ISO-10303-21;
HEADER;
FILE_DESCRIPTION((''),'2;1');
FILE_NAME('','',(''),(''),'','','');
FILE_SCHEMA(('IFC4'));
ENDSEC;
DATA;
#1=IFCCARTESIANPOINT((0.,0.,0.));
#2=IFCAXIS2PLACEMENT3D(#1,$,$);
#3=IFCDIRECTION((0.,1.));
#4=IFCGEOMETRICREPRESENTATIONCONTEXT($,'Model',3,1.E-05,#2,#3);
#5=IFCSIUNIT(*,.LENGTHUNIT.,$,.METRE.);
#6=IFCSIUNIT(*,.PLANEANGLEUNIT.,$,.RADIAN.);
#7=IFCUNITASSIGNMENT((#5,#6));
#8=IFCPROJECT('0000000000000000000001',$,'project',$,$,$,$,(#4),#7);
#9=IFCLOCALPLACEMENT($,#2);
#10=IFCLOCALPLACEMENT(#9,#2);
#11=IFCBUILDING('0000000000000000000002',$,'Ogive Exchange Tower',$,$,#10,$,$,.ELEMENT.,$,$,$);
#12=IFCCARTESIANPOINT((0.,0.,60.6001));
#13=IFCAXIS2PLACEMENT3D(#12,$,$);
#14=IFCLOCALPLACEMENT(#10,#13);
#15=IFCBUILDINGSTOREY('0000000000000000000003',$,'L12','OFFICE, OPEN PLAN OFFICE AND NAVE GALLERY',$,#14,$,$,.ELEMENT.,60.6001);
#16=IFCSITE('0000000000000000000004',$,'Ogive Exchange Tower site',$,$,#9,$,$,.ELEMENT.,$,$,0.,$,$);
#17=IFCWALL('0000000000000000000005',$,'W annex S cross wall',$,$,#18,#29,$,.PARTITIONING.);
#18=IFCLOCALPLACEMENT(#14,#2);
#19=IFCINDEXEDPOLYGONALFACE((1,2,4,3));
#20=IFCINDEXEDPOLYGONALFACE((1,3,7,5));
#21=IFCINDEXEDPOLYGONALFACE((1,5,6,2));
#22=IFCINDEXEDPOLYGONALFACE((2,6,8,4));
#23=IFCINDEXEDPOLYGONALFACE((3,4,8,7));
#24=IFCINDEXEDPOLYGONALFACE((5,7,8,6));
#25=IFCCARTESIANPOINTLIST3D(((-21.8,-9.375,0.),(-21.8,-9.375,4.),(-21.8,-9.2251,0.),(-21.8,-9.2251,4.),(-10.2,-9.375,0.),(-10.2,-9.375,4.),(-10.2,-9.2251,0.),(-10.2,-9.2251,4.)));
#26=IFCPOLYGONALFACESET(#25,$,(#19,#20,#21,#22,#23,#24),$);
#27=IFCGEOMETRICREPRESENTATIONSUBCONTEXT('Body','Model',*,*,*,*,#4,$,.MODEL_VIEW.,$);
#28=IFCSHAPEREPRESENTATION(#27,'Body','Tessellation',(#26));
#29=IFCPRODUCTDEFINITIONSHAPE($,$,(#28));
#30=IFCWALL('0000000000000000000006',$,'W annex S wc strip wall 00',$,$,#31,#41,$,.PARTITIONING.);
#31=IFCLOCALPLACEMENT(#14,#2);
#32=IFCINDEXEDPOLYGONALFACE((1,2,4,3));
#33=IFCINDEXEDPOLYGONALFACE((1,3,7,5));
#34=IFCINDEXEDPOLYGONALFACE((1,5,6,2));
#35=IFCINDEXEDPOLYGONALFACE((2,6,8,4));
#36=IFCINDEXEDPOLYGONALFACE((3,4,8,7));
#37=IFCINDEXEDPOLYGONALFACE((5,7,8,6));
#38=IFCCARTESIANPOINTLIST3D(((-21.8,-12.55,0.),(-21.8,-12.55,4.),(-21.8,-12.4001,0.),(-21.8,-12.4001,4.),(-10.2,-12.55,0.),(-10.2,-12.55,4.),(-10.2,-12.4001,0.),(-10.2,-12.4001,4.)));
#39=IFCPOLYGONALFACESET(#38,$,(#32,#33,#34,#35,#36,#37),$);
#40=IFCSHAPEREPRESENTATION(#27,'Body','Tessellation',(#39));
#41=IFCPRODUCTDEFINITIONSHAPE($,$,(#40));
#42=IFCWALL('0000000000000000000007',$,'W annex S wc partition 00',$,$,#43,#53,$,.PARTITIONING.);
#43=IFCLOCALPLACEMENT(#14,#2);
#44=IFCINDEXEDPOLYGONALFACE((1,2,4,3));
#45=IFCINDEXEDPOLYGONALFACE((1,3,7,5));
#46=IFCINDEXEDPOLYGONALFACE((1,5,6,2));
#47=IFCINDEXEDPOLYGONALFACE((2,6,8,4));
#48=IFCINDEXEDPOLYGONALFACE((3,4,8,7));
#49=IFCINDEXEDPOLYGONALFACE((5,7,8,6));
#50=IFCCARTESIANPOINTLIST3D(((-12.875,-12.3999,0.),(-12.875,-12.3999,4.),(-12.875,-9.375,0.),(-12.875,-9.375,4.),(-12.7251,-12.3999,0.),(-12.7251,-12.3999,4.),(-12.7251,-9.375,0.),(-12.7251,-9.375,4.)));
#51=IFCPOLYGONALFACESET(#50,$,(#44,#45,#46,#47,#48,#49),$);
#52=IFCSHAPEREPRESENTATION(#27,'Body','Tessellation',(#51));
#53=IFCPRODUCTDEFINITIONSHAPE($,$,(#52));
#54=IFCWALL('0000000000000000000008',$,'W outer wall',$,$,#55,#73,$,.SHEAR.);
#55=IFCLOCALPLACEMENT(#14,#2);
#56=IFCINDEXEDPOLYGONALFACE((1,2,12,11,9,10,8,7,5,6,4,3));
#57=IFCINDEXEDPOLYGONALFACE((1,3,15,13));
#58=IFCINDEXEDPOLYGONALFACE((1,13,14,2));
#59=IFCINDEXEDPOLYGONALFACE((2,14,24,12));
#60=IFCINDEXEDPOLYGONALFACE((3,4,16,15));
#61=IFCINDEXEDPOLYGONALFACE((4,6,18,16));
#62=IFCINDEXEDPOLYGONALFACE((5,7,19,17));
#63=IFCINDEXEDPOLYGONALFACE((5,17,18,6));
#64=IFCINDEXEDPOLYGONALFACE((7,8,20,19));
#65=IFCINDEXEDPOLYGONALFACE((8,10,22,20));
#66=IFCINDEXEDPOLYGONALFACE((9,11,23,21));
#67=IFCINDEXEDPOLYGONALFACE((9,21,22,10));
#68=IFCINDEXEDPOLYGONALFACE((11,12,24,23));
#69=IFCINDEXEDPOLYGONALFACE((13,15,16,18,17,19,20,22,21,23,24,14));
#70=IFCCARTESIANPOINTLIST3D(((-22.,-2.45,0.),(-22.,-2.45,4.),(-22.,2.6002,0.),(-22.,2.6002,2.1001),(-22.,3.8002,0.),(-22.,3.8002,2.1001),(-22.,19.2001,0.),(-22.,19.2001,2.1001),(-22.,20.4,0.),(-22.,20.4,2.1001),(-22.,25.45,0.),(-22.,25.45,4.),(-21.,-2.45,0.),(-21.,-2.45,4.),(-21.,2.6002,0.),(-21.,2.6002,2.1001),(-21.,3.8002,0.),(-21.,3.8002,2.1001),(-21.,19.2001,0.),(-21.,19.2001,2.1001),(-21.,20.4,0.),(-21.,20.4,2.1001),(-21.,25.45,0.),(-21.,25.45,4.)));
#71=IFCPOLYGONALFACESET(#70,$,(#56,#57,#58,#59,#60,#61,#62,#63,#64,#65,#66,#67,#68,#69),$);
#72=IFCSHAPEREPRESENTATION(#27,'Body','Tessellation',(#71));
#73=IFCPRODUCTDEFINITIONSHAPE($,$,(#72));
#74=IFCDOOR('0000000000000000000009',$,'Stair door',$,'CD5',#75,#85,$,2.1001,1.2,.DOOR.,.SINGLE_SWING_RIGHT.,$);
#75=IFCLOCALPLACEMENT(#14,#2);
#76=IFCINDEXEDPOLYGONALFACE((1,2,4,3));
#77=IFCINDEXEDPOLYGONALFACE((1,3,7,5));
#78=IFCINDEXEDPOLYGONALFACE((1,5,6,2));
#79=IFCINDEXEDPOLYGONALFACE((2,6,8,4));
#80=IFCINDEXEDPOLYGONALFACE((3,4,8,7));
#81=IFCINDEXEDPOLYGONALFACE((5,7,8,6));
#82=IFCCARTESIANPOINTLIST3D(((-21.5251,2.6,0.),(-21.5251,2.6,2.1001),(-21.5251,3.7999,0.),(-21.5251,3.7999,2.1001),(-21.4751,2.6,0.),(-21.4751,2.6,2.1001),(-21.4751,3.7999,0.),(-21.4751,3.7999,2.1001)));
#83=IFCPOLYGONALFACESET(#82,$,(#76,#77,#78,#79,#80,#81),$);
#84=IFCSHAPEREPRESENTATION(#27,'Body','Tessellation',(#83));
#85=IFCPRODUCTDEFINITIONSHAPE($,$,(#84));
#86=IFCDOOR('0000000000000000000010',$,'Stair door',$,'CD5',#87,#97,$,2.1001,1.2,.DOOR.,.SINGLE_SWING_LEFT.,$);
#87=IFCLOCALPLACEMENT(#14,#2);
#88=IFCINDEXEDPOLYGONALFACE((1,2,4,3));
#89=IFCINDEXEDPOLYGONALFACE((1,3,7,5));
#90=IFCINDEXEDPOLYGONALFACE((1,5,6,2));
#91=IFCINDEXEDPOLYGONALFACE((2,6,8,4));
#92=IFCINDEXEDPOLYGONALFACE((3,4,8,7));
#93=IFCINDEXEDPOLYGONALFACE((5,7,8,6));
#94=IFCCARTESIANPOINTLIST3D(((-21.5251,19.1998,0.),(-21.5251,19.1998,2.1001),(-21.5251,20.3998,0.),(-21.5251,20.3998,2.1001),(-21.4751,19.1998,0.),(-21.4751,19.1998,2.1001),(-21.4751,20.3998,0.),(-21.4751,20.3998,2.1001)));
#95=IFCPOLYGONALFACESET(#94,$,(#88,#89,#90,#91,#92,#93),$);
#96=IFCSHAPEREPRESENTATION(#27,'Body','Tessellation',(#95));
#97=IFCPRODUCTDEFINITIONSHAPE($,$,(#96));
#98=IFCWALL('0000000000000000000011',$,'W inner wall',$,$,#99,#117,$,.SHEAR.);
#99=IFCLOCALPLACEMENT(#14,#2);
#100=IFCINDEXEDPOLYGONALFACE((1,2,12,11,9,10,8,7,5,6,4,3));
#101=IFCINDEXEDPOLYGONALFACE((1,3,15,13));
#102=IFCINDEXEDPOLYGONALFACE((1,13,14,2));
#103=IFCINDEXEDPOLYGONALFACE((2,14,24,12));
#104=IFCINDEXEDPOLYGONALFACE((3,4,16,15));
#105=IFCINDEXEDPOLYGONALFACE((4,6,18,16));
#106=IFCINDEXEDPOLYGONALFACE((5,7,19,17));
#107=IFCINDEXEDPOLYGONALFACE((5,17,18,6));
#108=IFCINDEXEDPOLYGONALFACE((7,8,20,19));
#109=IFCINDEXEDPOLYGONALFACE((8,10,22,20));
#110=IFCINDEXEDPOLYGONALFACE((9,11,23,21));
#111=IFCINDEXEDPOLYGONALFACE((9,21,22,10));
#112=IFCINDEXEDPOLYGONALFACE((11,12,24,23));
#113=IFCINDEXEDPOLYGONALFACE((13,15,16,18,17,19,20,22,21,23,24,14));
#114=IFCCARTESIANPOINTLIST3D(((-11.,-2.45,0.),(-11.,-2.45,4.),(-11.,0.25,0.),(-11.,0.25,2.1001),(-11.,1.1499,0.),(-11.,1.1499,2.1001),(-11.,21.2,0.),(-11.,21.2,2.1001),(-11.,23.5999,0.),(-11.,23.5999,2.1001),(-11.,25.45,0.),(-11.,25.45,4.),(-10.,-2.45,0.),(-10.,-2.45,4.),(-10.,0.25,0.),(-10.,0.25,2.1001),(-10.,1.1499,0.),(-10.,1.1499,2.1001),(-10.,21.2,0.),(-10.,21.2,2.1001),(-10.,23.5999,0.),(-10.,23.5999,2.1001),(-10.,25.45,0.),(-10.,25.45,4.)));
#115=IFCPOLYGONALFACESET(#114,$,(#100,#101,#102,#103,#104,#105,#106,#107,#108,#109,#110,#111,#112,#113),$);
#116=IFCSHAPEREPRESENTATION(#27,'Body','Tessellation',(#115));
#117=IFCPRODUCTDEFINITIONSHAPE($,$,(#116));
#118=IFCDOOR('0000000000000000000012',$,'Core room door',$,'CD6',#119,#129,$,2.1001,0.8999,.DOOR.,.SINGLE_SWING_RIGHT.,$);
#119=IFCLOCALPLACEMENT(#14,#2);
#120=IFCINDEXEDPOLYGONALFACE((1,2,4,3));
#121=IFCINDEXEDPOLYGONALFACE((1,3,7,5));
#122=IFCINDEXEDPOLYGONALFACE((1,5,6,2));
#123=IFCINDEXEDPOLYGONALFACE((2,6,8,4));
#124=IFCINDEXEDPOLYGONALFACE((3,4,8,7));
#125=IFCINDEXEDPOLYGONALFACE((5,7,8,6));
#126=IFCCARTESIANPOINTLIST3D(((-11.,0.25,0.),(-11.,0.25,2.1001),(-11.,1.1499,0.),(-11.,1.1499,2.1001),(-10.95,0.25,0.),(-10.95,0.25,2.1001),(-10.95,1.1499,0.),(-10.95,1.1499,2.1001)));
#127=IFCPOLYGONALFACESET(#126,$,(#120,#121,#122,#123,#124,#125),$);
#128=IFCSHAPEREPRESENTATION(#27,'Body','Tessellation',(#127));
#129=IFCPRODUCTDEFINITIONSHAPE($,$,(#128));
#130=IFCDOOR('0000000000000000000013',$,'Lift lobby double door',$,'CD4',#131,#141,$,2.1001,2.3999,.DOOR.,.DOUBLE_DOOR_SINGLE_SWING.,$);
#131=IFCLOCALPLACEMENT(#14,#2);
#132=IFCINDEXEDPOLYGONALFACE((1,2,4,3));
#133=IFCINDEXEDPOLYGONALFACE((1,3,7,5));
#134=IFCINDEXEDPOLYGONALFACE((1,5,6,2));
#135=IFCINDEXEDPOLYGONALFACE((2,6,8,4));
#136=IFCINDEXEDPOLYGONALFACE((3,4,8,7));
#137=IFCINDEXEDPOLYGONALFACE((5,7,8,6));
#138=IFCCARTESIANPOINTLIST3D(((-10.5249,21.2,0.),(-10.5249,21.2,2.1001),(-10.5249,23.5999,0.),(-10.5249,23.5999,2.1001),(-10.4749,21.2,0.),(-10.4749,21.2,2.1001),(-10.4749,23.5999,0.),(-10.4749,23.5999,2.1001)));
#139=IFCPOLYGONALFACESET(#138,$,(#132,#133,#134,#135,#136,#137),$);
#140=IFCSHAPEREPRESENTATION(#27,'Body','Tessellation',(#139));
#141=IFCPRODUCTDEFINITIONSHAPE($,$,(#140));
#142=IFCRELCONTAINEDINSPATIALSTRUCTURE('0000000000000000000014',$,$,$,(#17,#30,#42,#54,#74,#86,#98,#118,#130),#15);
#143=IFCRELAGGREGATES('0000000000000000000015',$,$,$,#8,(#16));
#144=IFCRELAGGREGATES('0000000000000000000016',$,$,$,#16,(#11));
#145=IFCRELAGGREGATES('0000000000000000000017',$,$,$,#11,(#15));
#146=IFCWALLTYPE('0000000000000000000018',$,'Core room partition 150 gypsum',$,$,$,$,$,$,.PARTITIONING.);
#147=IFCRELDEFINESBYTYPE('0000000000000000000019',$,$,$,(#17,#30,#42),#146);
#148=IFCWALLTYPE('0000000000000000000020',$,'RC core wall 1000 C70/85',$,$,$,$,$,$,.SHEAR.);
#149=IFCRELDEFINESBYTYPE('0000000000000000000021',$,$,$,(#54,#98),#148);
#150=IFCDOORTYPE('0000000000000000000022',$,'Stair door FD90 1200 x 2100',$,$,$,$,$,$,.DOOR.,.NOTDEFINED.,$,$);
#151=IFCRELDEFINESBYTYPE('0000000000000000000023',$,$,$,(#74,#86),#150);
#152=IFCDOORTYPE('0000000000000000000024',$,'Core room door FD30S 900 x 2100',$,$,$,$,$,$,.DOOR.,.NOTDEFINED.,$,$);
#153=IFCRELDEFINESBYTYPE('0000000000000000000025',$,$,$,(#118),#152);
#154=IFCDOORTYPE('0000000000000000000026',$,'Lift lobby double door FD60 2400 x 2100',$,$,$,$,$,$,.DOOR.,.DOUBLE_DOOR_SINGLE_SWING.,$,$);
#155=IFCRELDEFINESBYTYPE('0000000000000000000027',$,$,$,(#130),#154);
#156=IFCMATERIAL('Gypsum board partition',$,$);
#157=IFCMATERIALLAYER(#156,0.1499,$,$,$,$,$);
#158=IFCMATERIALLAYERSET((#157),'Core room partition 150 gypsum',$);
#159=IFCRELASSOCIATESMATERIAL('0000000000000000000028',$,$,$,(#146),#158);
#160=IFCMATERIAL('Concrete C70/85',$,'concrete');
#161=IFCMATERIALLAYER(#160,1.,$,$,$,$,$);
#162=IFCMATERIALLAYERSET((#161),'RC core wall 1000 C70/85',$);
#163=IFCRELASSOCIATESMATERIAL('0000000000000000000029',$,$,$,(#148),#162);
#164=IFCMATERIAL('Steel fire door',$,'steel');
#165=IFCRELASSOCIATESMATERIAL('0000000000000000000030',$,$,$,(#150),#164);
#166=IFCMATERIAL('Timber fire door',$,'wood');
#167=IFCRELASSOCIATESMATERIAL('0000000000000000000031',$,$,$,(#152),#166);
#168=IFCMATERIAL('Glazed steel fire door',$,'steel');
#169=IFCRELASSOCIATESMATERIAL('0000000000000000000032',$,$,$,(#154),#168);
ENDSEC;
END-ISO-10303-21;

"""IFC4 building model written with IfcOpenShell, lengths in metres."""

from ifc_helpers import new_model, si_unit, direction, frame, frame_2d, origin, place, context, subcontext, project, spatial, rectangle, extrude, material, layer, layer_set, type_object, element, fill, save


model = new_model("IFC4")

# Units and contexts
model_context = context("Model", 3, precision=1e-05, world=origin(), true_north=direction((0.0, 1.0)))
body_context = subcontext(model_context, "Body", "Model", "MODEL_VIEW")
ifc_project = project(units=[si_unit("LENGTHUNIT", "METRE"), si_unit("PLANEANGLEUNIT", "RADIAN")], contexts=[model_context])

# Site, building, storey
site_placement = place(None, origin())
site = spatial("IfcSite", under=ifc_project, at=site_placement, Name="Ogive Exchange Tower site", CompositionType="ELEMENT", RefElevation=0.0)
building_placement = place(site_placement, origin())
building = spatial("IfcBuilding", under=site, at=building_placement, Name="Ogive Exchange Tower", CompositionType="ELEMENT")
storey_placement = place(building_placement, frame((0.0, 0.0, 60.6001)))
storey = spatial("IfcBuildingStorey", under=building, at=storey_placement, Name="L12", Description="OFFICE, OPEN PLAN OFFICE AND NAVE GALLERY", CompositionType="ELEMENT", Elevation=60.6001)

# Walls
ifc_material_1 = material(Name="Gypsum board partition")
ifc_layer_1 = layer(ifc_material_1, 0.1499)
ifc_layer_set_1 = layer_set([ifc_layer_1], Name="Core room partition 150 gypsum")
wall_type_1 = type_object("IfcWallType", Name="Core room partition 150 gypsum", PredefinedType="PARTITIONING", material=ifc_layer_set_1)
for number, where, z_axis, x_axis, name in (
    (1, (-21.8, -9.3, 0.0), (0.0, 0.0, 1.0), (1.0, 0.0, 0.0), "W annex S cross wall"),
    (2, (-21.8, -12.4751, 0.0), (0.0, 0.0, 1.0), (1.0, 0.0, 0.0), "W annex S wc strip wall 00"),
):
    element("IfcWall", number, at=place(storey_placement, frame(where, z_axis=z_axis, x_axis=x_axis)), inside=storey, type_object=wall_type_1, Name=name, PredefinedType="PARTITIONING", context=body_context, shape_type="SweptSolid", body=[
        extrude(rectangle(XDim=11.6001, YDim=0.1499, at=frame_2d((5.8, 0.0))), origin(), (0.0, 0.0, 1.0), 4.0),
    ])
wall_1_placement = place(storey_placement, frame((-12.8, -12.3999, 0.0), z_axis=(0.0, 0.0, 1.0), x_axis=(0.0, 1.0, 0.0)))
element("IfcWall", 3, at=wall_1_placement, inside=storey, type_object=wall_type_1, Name="W annex S wc partition 00", PredefinedType="PARTITIONING", context=body_context, shape_type="SweptSolid", body=[
    extrude(rectangle(XDim=3.0249, YDim=0.1499, at=frame_2d((1.5125, 0.0))), origin(), (0.0, 0.0, 1.0), 4.0),
])

# Walls, openings, doors
ifc_material_2 = material(Name="Concrete C70/85", Category="concrete")
ifc_layer_2 = layer(ifc_material_2, 1.0)
ifc_layer_set_2 = layer_set([ifc_layer_2], Name="RC core wall 1000 C70/85")
wall_type_2 = type_object("IfcWallType", Name="RC core wall 1000 C70/85", PredefinedType="SHEAR", material=ifc_layer_set_2)
wall_2_placement = place(storey_placement, frame((-21.5, -2.45, 0.0), z_axis=(0.0, 0.0, 1.0), x_axis=(0.0, 1.0, 0.0)))
wall_2 = element("IfcWall", 4, at=wall_2_placement, inside=storey, type_object=wall_type_2, Name="W outer wall", PredefinedType="SHEAR", context=body_context, shape_type="SweptSolid", body=[
    extrude(rectangle(XDim=27.8999, YDim=1.0, at=frame_2d((13.95, 0.0))), origin(), (0.0, 0.0, 1.0), 4.0),
])
opening_1_placement = place(wall_2_placement, frame((5.05, 0.0, 0.0)))
opening_1 = element("IfcOpeningElement", 5, at=opening_1_placement, cuts=wall_2, PredefinedType="OPENING", context=body_context, shape_type="SweptSolid", body=[
    extrude(rectangle(XDim=1.2, YDim=2.1001, at=frame_2d((0.6001, 1.05))), frame((0.0, 0.51, 0.0), z_axis=(0.0, -1.0, 0.0), x_axis=(1.0, 0.0, 0.0)), (0.0, 0.0, 1.0), 1.02),
])
opening_2_placement = place(wall_2_placement, frame((21.6499, 0.0, 0.0)))
opening_2 = element("IfcOpeningElement", 6, at=opening_2_placement, cuts=wall_2, PredefinedType="OPENING", context=body_context, shape_type="SweptSolid", body=[
    extrude(rectangle(XDim=1.2, YDim=2.1001, at=frame_2d((0.6001, 1.05))), frame((0.0, 0.51, 0.0), z_axis=(0.0, -1.0, 0.0), x_axis=(1.0, 0.0, 0.0)), (0.0, 0.0, 1.0), 1.02),
])
ifc_material_3 = material(Name="Steel fire door", Category="steel")
door_type_1 = type_object("IfcDoorType", Name="Stair door FD90 1200 x 2100", OperationType="NOTDEFINED", PredefinedType="DOOR", material=ifc_material_3)
door_1_placement = place(opening_1_placement, frame((1.2, 0.0, 0.0), z_axis=(0.0, 0.0, 1.0), x_axis=(-1.0, 0.0, 0.0)))
door_1 = element("IfcDoor", 7, at=door_1_placement, inside=storey, type_object=door_type_1, Name="Stair door", ObjectType="CD5", OperationType="SINGLE_SWING_RIGHT", OverallHeight=2.1001, OverallWidth=1.2, PredefinedType="DOOR", context=body_context, shape_type="SweptSolid", body=[
    extrude(rectangle(XDim=1.2, YDim=2.1001, at=frame_2d((0.6001, 1.05))), frame((0.0, 0.0249, 0.0), z_axis=(0.0, -1.0, 0.0), x_axis=(1.0, 0.0, 0.0)), (0.0, 0.0, 1.0), 0.05),
])
fill(opening_1, door_1)
door_2_placement = place(opening_2_placement, frame((1.2, 0.0, 0.0), z_axis=(0.0, 0.0, 1.0), x_axis=(-1.0, 0.0, 0.0)))
door_2 = element("IfcDoor", 8, at=door_2_placement, inside=storey, type_object=door_type_1, Name="Stair door", ObjectType="CD5", OperationType="SINGLE_SWING_LEFT", OverallHeight=2.1001, OverallWidth=1.2, PredefinedType="DOOR", context=body_context, shape_type="SweptSolid", body=[
    extrude(rectangle(XDim=1.2, YDim=2.1001, at=frame_2d((0.6001, 1.05))), frame((0.0, 0.0249, 0.0), z_axis=(0.0, -1.0, 0.0), x_axis=(1.0, 0.0, 0.0)), (0.0, 0.0, 1.0), 0.05),
])
fill(opening_2, door_2)
wall_3_placement = place(storey_placement, frame((-10.5, -2.45, 0.0), z_axis=(0.0, 0.0, 1.0), x_axis=(0.0, 1.0, 0.0)))
wall_3 = element("IfcWall", 9, at=wall_3_placement, inside=storey, type_object=wall_type_2, Name="W inner wall", PredefinedType="SHEAR", context=body_context, shape_type="SweptSolid", body=[
    extrude(rectangle(XDim=27.8999, YDim=1.0, at=frame_2d((13.95, 0.0))), origin(), (0.0, 0.0, 1.0), 4.0),
])
opening_3_placement = place(wall_3_placement, frame((23.6499, 0.0, 0.0)))
opening_3 = element("IfcOpeningElement", 10, at=opening_3_placement, cuts=wall_3, PredefinedType="OPENING", context=body_context, shape_type="SweptSolid", body=[
    extrude(rectangle(XDim=2.3999, YDim=2.1001, at=frame_2d((1.2, 1.05))), frame((0.0, 0.51, 0.0), z_axis=(0.0, -1.0, 0.0), x_axis=(1.0, 0.0, 0.0)), (0.0, 0.0, 1.0), 1.02),
])
opening_4_placement = place(wall_3_placement, frame((2.7, 0.0, 0.0)))
opening_4 = element("IfcOpeningElement", 11, at=opening_4_placement, cuts=wall_3, PredefinedType="OPENING", context=body_context, shape_type="SweptSolid", body=[
    extrude(rectangle(XDim=0.8999, YDim=2.1001, at=frame_2d((0.45, 1.05))), frame((0.0, 0.51, 0.0), z_axis=(0.0, -1.0, 0.0), x_axis=(1.0, 0.0, 0.0)), (0.0, 0.0, 1.0), 1.02),
])
ifc_material_4 = material(Name="Timber fire door", Category="wood")
door_type_2 = type_object("IfcDoorType", Name="Core room door FD30S 900 x 2100", OperationType="NOTDEFINED", PredefinedType="DOOR", material=ifc_material_4)
door_3_placement = place(opening_4_placement, origin())
door_3 = element("IfcDoor", 12, at=door_3_placement, inside=storey, type_object=door_type_2, Name="Core room door", ObjectType="CD6", OperationType="SINGLE_SWING_RIGHT", OverallHeight=2.1001, OverallWidth=0.8999, PredefinedType="DOOR", context=body_context, shape_type="SweptSolid", body=[
    extrude(rectangle(XDim=0.8999, YDim=2.1001, at=frame_2d((0.45, 1.05))), frame((0.0, 0.5, 0.0), z_axis=(0.0, -1.0, 0.0), x_axis=(1.0, 0.0, 0.0)), (0.0, 0.0, 1.0), 0.05),
])
fill(opening_4, door_3)
ifc_material_5 = material(Name="Glazed steel fire door", Category="steel")
door_type_3 = type_object("IfcDoorType", Name="Lift lobby double door FD60 2400 x 2100", OperationType="DOUBLE_DOOR_SINGLE_SWING", PredefinedType="DOOR", material=ifc_material_5)
door_4_placement = place(opening_3_placement, origin())
door_4 = element("IfcDoor", 13, at=door_4_placement, inside=storey, type_object=door_type_3, Name="Lift lobby double door", ObjectType="CD4", OperationType="DOUBLE_DOOR_SINGLE_SWING", OverallHeight=2.1001, OverallWidth=2.3999, PredefinedType="DOOR", context=body_context, shape_type="SweptSolid", body=[
    extrude(rectangle(XDim=2.3999, YDim=2.1001, at=frame_2d((1.2, 1.05))), frame((0.0, 0.0249, 0.0), z_axis=(0.0, -1.0, 0.0), x_axis=(1.0, 0.0, 0.0)), (0.0, 0.0, 1.0), 0.05),
])
fill(opening_3, door_4)

save(model, "model.ifc")
